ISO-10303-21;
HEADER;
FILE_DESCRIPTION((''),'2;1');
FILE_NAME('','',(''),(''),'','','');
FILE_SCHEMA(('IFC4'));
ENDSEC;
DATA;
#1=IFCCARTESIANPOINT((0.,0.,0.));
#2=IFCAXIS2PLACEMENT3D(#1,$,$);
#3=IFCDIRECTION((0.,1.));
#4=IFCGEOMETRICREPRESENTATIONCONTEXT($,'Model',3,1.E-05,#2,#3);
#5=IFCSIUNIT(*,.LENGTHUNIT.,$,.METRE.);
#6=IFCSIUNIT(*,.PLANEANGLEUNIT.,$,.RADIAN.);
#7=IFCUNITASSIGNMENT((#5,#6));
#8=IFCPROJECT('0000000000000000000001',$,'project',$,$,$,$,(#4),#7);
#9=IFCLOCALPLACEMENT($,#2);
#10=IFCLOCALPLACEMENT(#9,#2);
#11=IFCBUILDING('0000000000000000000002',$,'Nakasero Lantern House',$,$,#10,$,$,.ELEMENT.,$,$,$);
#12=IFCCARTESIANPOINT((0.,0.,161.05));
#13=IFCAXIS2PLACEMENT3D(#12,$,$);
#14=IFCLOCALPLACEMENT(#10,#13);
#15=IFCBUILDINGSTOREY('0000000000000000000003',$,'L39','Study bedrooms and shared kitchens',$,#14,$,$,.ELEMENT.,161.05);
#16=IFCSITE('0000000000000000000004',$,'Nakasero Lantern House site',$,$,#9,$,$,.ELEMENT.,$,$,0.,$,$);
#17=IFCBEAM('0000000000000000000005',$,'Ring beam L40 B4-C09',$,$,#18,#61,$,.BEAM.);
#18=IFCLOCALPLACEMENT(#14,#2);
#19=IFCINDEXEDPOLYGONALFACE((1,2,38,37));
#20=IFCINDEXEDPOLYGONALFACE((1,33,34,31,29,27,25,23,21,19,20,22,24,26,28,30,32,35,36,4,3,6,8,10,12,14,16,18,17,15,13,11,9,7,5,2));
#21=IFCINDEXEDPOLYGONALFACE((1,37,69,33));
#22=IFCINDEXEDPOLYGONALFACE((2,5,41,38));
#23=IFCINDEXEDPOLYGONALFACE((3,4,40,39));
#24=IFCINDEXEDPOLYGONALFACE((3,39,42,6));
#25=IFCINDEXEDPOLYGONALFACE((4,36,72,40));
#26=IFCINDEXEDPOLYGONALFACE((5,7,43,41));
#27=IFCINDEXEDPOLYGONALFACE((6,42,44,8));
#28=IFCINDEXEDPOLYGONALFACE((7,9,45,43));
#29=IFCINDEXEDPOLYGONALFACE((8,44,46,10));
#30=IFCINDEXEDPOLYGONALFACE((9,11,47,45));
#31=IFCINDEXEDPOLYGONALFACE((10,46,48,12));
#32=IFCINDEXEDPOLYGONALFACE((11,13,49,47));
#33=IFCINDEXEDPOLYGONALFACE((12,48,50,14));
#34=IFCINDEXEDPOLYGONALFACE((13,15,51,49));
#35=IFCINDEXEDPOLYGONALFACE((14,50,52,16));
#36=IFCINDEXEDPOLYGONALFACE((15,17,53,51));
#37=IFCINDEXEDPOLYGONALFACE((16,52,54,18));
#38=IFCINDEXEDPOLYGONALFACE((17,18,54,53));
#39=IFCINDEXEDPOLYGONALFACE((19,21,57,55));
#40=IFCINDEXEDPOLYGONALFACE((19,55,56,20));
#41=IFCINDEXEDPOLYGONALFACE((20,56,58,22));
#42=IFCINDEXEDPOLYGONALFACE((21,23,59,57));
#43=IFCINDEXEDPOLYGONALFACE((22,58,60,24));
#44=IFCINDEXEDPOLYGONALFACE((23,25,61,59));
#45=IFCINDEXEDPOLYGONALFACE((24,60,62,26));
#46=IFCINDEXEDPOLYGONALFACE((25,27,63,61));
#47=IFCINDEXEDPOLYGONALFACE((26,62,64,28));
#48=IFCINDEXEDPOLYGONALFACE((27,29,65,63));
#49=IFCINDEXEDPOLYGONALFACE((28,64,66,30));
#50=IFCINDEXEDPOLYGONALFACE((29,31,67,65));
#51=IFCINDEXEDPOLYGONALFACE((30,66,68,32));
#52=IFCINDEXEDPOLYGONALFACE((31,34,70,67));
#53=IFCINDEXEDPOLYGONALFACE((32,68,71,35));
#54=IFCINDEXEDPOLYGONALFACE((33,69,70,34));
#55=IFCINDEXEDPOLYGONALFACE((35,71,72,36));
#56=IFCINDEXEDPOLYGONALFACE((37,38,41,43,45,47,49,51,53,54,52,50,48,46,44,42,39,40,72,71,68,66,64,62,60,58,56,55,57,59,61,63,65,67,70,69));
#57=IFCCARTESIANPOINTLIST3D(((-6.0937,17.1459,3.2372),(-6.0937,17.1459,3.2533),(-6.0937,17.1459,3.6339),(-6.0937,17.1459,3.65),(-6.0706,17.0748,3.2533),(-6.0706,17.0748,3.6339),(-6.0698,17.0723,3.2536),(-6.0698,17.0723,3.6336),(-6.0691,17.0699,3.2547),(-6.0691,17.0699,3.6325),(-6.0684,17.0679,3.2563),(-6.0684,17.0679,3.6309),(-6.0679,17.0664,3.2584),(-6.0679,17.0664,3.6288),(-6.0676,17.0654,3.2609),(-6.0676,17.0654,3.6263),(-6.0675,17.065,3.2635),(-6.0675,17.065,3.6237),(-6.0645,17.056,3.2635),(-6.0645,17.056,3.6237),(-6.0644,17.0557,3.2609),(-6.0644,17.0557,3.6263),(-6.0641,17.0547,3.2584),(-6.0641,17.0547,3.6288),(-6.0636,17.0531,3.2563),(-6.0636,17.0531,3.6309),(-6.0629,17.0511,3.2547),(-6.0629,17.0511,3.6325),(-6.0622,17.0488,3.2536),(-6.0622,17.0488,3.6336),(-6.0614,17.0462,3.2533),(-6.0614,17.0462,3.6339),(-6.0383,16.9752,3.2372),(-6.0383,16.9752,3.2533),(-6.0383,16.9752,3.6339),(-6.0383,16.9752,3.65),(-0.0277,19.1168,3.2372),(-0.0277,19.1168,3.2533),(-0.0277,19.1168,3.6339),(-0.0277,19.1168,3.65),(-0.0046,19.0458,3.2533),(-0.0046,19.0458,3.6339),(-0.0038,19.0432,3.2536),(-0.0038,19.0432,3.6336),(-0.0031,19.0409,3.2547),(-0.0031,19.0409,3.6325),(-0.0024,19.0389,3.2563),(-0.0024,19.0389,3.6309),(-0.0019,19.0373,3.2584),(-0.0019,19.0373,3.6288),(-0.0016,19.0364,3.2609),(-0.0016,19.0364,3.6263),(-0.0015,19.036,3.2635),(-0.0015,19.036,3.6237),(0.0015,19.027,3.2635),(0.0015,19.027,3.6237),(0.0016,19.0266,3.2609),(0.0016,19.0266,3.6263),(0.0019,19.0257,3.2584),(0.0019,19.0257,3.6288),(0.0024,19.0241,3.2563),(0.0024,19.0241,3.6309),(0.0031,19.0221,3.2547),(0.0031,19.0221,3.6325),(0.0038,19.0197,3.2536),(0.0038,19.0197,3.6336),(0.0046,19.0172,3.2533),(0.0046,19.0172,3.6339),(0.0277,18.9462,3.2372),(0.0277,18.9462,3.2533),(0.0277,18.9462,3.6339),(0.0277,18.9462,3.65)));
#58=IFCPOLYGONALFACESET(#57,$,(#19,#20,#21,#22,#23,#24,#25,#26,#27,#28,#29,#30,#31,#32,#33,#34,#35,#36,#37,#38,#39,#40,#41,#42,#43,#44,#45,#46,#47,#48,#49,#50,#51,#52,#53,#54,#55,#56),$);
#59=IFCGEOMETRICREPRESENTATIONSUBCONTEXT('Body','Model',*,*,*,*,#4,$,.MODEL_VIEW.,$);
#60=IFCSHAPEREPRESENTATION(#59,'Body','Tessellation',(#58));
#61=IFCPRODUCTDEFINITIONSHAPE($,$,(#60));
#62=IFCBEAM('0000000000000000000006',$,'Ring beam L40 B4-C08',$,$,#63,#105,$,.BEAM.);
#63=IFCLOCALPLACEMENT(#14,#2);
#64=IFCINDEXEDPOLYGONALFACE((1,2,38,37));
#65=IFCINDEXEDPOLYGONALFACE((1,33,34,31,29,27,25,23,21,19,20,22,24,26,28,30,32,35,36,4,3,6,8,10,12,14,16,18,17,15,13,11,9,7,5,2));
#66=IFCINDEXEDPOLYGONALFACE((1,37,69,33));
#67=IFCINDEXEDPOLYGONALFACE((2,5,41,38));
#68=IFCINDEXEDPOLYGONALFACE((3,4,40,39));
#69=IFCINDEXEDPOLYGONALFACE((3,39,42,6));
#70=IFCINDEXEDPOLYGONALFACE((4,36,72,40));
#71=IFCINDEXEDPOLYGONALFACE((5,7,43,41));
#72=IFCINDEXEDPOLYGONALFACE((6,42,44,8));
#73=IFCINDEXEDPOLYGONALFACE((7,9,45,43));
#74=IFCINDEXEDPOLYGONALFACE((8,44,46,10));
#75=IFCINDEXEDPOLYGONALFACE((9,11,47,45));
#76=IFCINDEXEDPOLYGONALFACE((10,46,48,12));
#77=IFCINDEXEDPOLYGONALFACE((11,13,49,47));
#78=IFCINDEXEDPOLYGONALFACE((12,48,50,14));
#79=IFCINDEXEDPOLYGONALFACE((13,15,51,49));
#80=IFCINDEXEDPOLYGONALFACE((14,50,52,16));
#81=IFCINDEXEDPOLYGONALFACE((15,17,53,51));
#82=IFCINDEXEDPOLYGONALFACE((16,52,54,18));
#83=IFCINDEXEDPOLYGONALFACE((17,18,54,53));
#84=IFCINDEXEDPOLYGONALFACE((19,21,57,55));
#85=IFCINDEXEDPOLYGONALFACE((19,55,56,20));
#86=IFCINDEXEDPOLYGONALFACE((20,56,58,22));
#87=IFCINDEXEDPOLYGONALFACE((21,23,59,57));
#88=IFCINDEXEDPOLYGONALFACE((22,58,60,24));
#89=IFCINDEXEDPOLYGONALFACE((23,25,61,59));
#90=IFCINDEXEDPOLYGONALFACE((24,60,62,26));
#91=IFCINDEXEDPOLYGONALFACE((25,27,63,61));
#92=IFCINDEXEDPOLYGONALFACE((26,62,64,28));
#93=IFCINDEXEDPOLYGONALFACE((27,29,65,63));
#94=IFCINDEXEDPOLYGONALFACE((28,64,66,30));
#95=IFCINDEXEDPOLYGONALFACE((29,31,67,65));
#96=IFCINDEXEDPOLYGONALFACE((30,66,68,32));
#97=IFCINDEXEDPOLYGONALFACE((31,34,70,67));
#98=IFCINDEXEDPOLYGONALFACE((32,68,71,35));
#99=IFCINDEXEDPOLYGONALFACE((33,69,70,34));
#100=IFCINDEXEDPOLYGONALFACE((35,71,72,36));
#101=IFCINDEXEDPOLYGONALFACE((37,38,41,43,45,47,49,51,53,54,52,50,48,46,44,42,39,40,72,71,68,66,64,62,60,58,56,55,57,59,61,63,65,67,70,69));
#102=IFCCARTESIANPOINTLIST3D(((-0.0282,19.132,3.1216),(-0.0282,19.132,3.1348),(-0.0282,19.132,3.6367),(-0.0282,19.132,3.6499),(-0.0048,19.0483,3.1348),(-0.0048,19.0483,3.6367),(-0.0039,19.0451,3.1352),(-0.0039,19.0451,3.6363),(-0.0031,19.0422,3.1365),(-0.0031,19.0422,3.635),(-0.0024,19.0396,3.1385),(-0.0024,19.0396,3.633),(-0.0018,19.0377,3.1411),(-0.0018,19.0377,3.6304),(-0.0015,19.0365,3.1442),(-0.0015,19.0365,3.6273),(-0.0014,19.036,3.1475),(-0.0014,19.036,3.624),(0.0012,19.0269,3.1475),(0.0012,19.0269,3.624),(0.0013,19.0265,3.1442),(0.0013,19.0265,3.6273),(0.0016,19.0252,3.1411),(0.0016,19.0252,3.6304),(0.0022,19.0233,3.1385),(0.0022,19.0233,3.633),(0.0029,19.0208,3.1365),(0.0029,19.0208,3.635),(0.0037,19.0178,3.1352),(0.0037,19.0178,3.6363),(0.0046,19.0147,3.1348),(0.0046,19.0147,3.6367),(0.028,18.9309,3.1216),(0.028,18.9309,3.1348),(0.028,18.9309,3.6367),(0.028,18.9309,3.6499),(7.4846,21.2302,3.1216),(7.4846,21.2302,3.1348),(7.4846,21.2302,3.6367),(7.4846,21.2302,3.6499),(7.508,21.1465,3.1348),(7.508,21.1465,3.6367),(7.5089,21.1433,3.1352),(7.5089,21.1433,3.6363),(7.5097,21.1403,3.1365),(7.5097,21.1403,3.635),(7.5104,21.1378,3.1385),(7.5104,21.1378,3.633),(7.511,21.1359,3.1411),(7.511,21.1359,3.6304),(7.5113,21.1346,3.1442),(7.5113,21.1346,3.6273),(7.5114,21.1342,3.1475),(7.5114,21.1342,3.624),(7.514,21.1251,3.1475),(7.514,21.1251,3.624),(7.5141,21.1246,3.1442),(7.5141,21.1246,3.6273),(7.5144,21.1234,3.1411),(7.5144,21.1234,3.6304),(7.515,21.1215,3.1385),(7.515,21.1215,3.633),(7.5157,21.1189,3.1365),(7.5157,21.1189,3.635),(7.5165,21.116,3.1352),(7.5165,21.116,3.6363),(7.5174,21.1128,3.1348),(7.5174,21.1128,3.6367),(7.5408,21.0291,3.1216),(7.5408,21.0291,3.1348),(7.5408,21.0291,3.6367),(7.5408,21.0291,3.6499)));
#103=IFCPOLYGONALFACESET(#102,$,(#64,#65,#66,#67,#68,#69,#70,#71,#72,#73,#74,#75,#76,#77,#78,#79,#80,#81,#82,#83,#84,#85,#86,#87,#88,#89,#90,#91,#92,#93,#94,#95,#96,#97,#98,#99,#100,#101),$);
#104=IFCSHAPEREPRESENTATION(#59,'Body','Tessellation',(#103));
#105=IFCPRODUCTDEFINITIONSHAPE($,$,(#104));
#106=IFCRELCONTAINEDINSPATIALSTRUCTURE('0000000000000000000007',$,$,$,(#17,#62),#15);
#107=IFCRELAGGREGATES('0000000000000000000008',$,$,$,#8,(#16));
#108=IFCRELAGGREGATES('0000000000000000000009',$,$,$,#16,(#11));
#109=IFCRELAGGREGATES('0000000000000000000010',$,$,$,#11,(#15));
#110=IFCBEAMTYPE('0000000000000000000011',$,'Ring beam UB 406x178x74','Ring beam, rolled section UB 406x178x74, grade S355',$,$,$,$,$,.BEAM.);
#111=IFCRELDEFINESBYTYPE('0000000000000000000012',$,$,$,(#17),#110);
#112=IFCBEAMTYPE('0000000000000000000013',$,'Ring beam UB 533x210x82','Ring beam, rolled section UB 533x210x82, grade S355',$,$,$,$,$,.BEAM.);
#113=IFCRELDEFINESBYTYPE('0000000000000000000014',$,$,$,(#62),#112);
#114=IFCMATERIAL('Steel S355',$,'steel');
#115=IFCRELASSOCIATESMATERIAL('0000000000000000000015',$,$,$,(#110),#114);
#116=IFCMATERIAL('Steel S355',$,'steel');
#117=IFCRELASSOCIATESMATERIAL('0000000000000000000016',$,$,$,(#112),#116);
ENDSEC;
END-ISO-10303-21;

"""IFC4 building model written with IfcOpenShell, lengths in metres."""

from ifc_helpers import new_model, si_unit, direction, frame, origin, origin_2d, place, context, subcontext, project, spatial, i_section, extrude, material, material_profile, profile_set, type_object, element, save


model = new_model("IFC4")

# Units and contexts
model_context = context("Model", 3, precision=1e-05, world=origin(), true_north=direction((0.0, 1.0)))
body_context = subcontext(model_context, "Body", "Model", "MODEL_VIEW")
ifc_project = project(units=[si_unit("LENGTHUNIT", "METRE"), si_unit("PLANEANGLEUNIT", "RADIAN")], contexts=[model_context])

# Site, building, storey
site_placement = place(None, origin())
site = spatial("IfcSite", under=ifc_project, at=site_placement, Name="Nakasero Lantern House site", CompositionType="ELEMENT", RefElevation=0.0)
building_placement = place(site_placement, origin())
building = spatial("IfcBuilding", under=site, at=building_placement, Name="Nakasero Lantern House", CompositionType="ELEMENT")
storey_placement = place(building_placement, frame((0.0, 0.0, 161.05)))
storey = spatial("IfcBuildingStorey", under=building, at=storey_placement, Name="L39", Description="Study bedrooms and shared kitchens", CompositionType="ELEMENT", Elevation=161.05)

# Beams
ifc_material_1 = material(Name="Steel S355", Category="steel")
ifc_material_profile_1 = material_profile(ifc_material_1, i_section(OverallWidth=0.1794, OverallDepth=0.4128, WebThickness=0.0095, FlangeThickness=0.0161, FilletRadius=0.0103, at=origin_2d()), Name="UB 406x178x74")
ifc_profile_set_1 = profile_set([ifc_material_profile_1], Name="Steel S355")
beam_type_1 = type_object("IfcBeamType", Name="Ring beam UB 406x178x74", Description="Ring beam, rolled section UB 406x178x74, grade S355", PredefinedType="BEAM", material=ifc_profile_set_1)
beam_1_placement = place(storey_placement, frame((0.0, 19.0315, 3.4436), z_axis=(-0.951056, -0.309019, 0.0), x_axis=(0.309019, -0.951056, 0.0)))
element("IfcBeam", 1, at=beam_1_placement, inside=storey, type_object=beam_type_1, Name="Ring beam L40 B4-C09", PredefinedType="BEAM", context=body_context, shape_type="SweptSolid", body=[
    extrude(i_section(OverallWidth=0.1794, OverallDepth=0.4128, WebThickness=0.0095, FlangeThickness=0.0161, FilletRadius=0.0103, at=origin_2d()), origin(), (0.0, 0.0, 1.0), 6.3782),
])
ifc_material_2 = material(Name="Steel S355", Category="steel")
ifc_material_profile_2 = material_profile(ifc_material_2, i_section(OverallWidth=0.2087, OverallDepth=0.5283, WebThickness=0.0095, FlangeThickness=0.0132, FilletRadius=0.0127, at=origin_2d()), Name="UB 533x210x82")
ifc_profile_set_2 = profile_set([ifc_material_profile_2], Name="Steel S355")
beam_type_2 = type_object("IfcBeamType", Name="Ring beam UB 533x210x82", Description="Ring beam, rolled section UB 533x210x82, grade S355", PredefinedType="BEAM", material=ifc_profile_set_2)
beam_2_placement = place(storey_placement, frame((7.5127, 21.1296, 3.3857), z_axis=(-0.963144, -0.268987, 0.0), x_axis=(0.268987, -0.963144, 0.0)))
element("IfcBeam", 2, at=beam_2_placement, inside=storey, type_object=beam_type_2, Name="Ring beam L40 B4-C08", PredefinedType="BEAM", context=body_context, shape_type="SweptSolid", body=[
    extrude(i_section(OverallWidth=0.2087, OverallDepth=0.5283, WebThickness=0.0095, FlangeThickness=0.0132, FilletRadius=0.0127, at=origin_2d()), origin(), (0.0, 0.0, 1.0), 7.8003),
])

save(model, "model.ifc")
